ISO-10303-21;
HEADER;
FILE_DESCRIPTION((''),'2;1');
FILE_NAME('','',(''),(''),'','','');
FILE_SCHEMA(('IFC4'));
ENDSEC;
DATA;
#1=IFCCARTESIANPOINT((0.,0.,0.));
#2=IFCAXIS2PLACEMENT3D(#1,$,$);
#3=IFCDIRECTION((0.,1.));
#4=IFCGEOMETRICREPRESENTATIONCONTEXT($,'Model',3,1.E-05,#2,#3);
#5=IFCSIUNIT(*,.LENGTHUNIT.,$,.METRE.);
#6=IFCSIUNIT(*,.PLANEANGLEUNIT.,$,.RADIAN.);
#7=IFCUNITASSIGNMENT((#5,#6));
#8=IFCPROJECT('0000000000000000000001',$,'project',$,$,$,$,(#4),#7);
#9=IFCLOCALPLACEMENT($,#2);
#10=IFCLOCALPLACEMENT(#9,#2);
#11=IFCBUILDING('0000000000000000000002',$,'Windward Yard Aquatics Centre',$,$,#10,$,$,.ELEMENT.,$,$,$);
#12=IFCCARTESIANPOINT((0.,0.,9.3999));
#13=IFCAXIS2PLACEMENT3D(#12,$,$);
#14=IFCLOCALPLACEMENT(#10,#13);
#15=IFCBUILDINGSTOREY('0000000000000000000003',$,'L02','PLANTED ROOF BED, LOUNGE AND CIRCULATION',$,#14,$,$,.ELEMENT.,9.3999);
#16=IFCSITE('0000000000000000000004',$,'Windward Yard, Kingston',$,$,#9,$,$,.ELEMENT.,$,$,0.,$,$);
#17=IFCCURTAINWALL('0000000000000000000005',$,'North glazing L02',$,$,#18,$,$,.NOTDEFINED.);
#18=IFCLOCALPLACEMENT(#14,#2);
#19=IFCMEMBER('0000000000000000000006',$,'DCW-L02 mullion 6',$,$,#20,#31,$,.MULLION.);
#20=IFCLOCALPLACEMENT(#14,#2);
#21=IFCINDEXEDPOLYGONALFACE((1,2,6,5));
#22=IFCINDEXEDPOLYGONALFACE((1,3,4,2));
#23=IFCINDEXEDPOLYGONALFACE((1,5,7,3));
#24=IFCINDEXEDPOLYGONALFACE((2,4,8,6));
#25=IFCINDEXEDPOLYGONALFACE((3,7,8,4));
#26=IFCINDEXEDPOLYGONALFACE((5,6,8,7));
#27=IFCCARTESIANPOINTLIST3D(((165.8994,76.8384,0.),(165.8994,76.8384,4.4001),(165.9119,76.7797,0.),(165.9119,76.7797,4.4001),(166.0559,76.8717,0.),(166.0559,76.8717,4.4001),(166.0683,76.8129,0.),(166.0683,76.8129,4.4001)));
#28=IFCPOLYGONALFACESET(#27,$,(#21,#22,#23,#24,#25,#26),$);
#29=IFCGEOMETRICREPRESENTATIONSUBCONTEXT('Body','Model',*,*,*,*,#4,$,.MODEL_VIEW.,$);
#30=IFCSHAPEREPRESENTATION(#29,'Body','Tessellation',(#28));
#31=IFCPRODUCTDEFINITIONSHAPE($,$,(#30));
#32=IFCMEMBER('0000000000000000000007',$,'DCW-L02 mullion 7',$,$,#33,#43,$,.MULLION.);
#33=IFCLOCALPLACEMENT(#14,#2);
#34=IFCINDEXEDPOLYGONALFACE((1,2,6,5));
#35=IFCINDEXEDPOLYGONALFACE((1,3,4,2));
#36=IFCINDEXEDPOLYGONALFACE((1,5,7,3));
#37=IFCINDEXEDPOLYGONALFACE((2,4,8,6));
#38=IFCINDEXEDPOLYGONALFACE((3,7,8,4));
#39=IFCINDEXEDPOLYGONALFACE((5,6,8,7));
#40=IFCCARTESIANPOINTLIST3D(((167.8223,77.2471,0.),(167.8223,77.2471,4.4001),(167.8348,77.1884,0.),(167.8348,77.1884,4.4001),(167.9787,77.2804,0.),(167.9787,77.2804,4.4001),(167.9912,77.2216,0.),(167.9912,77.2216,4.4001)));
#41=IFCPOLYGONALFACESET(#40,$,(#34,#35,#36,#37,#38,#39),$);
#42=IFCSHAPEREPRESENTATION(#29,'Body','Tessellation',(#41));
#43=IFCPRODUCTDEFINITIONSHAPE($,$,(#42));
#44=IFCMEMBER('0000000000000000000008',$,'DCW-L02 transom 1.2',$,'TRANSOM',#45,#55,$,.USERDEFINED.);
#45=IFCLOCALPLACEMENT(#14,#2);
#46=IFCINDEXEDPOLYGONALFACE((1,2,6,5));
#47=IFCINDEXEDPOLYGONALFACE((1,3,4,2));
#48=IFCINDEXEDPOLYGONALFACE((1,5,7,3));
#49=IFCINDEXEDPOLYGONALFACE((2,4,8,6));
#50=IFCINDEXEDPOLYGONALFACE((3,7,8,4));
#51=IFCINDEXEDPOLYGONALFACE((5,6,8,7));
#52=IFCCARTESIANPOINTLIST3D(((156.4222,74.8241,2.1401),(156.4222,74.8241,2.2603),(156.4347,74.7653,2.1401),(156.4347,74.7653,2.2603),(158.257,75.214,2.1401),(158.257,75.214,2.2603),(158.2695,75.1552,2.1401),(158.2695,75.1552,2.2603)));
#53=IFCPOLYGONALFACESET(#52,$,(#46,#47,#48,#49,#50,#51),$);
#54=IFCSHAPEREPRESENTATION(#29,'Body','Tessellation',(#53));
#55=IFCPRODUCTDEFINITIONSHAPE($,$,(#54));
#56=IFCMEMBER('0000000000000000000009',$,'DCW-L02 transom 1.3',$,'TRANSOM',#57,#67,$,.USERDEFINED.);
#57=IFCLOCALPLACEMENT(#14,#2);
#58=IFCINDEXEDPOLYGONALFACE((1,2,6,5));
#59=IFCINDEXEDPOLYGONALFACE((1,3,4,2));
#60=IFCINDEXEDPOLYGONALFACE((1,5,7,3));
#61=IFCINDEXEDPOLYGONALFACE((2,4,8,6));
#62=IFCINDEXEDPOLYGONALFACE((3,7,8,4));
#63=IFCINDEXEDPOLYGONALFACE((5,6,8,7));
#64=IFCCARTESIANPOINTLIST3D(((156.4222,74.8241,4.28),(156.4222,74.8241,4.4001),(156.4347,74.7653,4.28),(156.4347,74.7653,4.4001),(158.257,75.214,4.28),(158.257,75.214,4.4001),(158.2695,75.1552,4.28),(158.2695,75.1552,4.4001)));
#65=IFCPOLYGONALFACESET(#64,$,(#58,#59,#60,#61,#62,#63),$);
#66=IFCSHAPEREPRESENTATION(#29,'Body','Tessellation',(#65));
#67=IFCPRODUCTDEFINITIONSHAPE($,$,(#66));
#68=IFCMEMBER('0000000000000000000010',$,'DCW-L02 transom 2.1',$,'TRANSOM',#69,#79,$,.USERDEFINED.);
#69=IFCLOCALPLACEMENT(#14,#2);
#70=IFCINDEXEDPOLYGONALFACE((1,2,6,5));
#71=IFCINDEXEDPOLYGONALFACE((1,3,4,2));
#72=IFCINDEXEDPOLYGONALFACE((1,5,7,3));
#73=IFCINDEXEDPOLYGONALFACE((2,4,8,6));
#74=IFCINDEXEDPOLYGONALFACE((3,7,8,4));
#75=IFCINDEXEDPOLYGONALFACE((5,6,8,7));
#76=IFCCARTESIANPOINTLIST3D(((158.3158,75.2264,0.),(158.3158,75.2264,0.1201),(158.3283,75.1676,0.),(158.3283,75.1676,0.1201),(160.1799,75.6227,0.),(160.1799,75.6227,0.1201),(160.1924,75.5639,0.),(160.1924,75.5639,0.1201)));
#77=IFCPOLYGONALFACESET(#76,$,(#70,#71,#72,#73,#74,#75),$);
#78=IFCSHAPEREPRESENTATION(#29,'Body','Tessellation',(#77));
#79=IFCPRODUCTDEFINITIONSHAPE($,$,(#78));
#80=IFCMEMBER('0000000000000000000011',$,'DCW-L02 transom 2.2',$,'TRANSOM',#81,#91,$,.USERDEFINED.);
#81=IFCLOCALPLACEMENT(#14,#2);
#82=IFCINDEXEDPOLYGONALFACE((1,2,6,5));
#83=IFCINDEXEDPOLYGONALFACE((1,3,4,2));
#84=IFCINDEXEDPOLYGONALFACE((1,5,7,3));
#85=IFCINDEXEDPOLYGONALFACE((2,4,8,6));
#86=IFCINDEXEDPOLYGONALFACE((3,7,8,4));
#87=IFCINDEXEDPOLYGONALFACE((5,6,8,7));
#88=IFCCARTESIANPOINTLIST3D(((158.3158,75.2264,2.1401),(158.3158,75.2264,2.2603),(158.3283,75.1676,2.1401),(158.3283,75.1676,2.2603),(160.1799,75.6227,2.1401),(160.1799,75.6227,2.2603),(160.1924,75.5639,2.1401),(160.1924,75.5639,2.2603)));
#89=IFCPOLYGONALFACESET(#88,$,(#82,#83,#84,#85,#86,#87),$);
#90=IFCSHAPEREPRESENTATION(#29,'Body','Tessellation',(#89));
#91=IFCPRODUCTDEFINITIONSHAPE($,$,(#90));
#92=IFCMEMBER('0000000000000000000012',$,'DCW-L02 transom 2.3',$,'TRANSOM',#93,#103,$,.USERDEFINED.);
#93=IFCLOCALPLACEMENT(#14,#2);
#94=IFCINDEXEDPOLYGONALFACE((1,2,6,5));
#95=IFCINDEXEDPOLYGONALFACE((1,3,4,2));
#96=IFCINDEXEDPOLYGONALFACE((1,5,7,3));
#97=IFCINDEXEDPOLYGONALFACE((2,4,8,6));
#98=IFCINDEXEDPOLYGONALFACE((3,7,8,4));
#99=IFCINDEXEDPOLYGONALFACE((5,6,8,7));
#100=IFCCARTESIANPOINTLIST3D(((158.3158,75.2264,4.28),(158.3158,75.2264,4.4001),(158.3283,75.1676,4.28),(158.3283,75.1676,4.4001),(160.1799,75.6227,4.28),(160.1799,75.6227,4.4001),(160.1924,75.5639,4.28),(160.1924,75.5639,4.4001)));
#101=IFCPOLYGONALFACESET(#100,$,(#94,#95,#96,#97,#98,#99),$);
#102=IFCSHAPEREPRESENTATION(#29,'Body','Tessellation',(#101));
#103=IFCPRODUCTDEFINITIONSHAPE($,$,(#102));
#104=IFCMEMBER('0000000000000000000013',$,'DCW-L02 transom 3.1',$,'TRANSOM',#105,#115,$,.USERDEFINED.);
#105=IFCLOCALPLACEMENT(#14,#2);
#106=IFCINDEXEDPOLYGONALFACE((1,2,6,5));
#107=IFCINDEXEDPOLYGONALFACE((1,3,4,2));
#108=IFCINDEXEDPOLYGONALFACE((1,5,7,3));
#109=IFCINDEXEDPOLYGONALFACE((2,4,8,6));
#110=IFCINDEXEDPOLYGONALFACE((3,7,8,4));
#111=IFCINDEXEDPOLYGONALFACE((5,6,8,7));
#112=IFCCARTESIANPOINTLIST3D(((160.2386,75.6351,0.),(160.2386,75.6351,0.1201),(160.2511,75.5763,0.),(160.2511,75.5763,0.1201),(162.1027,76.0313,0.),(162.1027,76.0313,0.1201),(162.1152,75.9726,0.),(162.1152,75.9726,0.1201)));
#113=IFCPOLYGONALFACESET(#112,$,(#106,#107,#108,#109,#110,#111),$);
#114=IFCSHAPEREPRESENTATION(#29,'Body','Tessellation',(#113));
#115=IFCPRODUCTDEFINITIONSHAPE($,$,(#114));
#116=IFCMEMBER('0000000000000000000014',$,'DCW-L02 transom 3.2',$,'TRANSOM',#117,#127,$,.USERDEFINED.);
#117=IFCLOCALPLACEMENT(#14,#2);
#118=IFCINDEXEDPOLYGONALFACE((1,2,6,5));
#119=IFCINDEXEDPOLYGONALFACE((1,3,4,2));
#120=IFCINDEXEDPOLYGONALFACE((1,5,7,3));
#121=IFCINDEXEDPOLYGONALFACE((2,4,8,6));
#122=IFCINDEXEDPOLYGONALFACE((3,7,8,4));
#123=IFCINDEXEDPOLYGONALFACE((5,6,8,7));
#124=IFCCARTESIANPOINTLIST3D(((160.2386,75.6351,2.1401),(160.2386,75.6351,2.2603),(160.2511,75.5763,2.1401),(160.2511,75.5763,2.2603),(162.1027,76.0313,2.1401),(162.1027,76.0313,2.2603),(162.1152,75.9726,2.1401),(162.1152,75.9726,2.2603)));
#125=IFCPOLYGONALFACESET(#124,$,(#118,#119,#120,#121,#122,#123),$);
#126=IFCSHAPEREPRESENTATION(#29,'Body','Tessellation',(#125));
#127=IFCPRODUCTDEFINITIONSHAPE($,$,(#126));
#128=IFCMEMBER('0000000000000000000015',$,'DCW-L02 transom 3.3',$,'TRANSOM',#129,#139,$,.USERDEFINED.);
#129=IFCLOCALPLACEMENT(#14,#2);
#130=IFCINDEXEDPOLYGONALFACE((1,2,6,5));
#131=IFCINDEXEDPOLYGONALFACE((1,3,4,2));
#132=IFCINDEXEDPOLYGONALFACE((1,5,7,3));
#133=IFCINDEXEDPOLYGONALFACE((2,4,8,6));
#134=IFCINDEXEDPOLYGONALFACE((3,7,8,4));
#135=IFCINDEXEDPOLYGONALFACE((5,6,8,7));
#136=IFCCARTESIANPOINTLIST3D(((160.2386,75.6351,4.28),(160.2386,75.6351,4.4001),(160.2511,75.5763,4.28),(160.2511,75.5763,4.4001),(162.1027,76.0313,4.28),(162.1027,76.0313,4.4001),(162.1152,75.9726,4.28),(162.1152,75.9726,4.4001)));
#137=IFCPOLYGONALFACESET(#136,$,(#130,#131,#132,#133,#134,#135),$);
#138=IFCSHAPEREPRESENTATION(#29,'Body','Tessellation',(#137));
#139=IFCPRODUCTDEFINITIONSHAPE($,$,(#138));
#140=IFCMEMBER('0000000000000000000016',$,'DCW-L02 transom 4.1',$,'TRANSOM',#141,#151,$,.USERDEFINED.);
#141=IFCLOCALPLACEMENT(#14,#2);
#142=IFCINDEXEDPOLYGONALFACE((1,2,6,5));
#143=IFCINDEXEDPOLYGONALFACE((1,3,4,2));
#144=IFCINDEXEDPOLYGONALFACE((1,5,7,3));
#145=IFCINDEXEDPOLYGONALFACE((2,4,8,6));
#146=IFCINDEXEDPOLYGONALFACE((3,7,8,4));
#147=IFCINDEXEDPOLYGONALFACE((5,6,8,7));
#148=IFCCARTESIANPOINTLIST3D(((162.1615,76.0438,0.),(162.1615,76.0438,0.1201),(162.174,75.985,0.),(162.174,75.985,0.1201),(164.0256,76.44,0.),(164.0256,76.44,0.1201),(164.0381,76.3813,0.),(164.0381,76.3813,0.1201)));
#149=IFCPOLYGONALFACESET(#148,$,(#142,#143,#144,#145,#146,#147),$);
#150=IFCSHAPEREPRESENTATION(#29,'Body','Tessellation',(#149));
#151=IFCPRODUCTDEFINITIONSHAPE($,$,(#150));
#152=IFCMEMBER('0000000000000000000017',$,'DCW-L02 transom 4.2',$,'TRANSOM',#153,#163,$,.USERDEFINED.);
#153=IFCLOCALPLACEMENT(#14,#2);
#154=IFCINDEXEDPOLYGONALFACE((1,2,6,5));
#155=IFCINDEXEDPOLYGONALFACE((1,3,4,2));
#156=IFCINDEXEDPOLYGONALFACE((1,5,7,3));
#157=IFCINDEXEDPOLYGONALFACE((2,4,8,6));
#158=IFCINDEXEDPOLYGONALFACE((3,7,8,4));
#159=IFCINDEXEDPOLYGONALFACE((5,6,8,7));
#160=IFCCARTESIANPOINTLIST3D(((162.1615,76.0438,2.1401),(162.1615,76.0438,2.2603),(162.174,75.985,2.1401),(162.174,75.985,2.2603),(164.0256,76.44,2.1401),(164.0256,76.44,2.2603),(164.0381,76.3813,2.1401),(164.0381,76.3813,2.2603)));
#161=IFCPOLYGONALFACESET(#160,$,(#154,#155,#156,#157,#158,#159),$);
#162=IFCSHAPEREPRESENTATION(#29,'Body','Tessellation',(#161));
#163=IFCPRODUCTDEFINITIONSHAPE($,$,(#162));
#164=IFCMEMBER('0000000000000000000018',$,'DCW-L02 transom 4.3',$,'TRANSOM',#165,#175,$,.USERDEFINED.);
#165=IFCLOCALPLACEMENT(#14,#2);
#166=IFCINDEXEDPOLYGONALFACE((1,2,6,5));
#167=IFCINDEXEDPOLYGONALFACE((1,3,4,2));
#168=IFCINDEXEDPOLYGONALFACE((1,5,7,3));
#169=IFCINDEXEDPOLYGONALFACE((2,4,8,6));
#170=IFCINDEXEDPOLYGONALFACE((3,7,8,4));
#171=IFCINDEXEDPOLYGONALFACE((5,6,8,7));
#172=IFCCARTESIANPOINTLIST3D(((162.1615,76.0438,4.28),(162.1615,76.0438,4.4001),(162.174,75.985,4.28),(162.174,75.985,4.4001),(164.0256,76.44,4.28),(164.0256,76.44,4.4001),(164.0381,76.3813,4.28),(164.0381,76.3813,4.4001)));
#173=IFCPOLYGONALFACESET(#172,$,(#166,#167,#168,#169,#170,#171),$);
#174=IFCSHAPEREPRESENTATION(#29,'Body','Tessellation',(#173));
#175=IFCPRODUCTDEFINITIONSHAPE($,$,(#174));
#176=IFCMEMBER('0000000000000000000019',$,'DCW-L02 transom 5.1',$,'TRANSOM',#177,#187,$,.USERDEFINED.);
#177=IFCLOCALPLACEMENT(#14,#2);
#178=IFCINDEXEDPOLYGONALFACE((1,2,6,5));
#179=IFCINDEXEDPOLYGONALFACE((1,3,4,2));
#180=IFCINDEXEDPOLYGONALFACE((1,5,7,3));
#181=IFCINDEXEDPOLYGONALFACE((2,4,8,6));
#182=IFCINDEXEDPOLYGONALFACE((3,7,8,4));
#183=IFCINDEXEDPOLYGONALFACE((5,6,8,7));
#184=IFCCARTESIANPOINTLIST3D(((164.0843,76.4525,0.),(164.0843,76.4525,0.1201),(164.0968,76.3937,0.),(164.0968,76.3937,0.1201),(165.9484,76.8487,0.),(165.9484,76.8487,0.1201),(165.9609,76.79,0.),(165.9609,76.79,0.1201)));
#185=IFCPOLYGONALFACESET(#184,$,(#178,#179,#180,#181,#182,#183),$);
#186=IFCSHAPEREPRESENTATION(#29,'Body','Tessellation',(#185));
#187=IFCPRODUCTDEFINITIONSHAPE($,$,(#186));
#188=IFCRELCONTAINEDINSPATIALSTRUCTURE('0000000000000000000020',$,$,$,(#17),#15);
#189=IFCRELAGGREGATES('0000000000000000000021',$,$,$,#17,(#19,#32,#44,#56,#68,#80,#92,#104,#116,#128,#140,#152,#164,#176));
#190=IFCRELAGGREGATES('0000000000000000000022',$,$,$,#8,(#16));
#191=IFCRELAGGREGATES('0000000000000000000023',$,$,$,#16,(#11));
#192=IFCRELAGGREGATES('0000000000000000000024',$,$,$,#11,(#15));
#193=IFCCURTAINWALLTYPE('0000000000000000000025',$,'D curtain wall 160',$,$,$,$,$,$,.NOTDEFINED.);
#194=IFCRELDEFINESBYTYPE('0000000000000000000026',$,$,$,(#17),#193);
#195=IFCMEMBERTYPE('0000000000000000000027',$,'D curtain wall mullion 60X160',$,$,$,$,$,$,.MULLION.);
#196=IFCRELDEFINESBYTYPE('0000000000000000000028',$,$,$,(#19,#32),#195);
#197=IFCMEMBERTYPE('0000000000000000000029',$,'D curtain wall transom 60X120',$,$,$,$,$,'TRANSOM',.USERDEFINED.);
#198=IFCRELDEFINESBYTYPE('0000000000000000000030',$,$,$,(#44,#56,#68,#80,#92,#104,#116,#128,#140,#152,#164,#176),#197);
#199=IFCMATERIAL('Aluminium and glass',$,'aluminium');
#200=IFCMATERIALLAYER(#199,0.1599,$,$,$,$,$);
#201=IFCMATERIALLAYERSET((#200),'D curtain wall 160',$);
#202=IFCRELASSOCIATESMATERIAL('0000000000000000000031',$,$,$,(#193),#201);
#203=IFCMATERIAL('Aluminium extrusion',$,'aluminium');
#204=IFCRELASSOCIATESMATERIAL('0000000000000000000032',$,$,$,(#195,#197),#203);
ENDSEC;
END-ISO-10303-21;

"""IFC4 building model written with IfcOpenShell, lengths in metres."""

from ifc_helpers import new_model, si_unit, direction, frame, origin, origin_2d, place, context, subcontext, project, spatial, rectangle, extrude, material, layer, layer_set, material_profile, profile_set, type_object, element, aggregate, save


model = new_model("IFC4")

# Units and contexts
model_context = context("Model", 3, precision=1e-05, world=origin(), true_north=direction((0.0, 1.0)))
body_context = subcontext(model_context, "Body", "Model", "MODEL_VIEW")
ifc_project = project(units=[si_unit("LENGTHUNIT", "METRE"), si_unit("PLANEANGLEUNIT", "RADIAN")], contexts=[model_context])

# Site, building, storey
site_placement = place(None, origin())
site = spatial("IfcSite", under=ifc_project, at=site_placement, Name="Windward Yard, Kingston", CompositionType="ELEMENT", RefElevation=0.0)
building_placement = place(site_placement, origin())
building = spatial("IfcBuilding", under=site, at=building_placement, Name="Windward Yard Aquatics Centre", CompositionType="ELEMENT")
storey_placement = place(building_placement, frame((0.0, 0.0, 9.3999)))
storey = spatial("IfcBuildingStorey", under=building, at=storey_placement, Name="L02", Description="PLANTED ROOF BED, LOUNGE AND CIRCULATION", CompositionType="ELEMENT", Elevation=9.3999)

# Curtain wall, members
ifc_material_1 = material(Name="Aluminium and glass", Category="aluminium")
ifc_layer_1 = layer(ifc_material_1, 0.1599)
ifc_layer_set_1 = layer_set([ifc_layer_1], Name="D curtain wall 160")
curtain_wall_type = type_object("IfcCurtainWallType", Name="D curtain wall 160", PredefinedType="NOTDEFINED", material=ifc_layer_set_1)
curtain_wall_placement = place(storey_placement, origin())
curtain_wall = element("IfcCurtainWall", 1, at=curtain_wall_placement, inside=storey, type_object=curtain_wall_type, Name="North glazing L02", PredefinedType="NOTDEFINED")
ifc_material_2 = material(Name="Aluminium extrusion", Category="aluminium")
ifc_material_profile_1 = material_profile(ifc_material_2, rectangle(XDim=0.0601, YDim=0.1599, at=origin_2d()), Name="MULLION 60X160")
ifc_profile_set_1 = profile_set([ifc_material_profile_1], Name="Aluminium extrusion")
member_type_1 = type_object("IfcMemberType", Name="D curtain wall mullion 60X160", PredefinedType="MULLION", material=ifc_profile_set_1)
member_1_placement = place(storey_placement, frame((165.9839, 76.8257, 0.0), z_axis=(0.0, 0.0, 1.0), x_axis=(-0.207912, 0.978148, 0.0)))
member_1 = element("IfcMember", 2, at=member_1_placement, type_object=member_type_1, Name="DCW-L02 mullion 6", PredefinedType="MULLION", context=body_context, shape_type="SweptSolid", body=[
    extrude(rectangle(XDim=0.0601, YDim=0.1599, at=origin_2d()), origin(), (0.0, 0.0, 1.0), 4.4001),
])
member_2_placement = place(storey_placement, frame((167.9067, 77.2344, 0.0), z_axis=(0.0, 0.0, 1.0), x_axis=(-0.207912, 0.978148, 0.0)))
member_2 = element("IfcMember", 3, at=member_2_placement, type_object=member_type_1, Name="DCW-L02 mullion 7", PredefinedType="MULLION", context=body_context, shape_type="SweptSolid", body=[
    extrude(rectangle(XDim=0.0601, YDim=0.1599, at=origin_2d()), origin(), (0.0, 0.0, 1.0), 4.4001),
])
ifc_material_profile_2 = material_profile(ifc_material_2, rectangle(XDim=0.0601, YDim=0.1201, at=origin_2d()), Name="TRANSOM 60X120")
ifc_profile_set_2 = profile_set([ifc_material_profile_2], Name="Aluminium extrusion")
member_type_2 = type_object("IfcMemberType", Name="D curtain wall transom 60X120", ElementType="TRANSOM", PredefinedType="USERDEFINED", material=ifc_profile_set_2)
member_3_placement = place(storey_placement, frame((156.4285, 74.7947, 2.2002), z_axis=(0.978157, 0.207867, 0.0), x_axis=(-0.207867, 0.978157, 0.0)))
member_3 = element("IfcMember", 4, at=member_3_placement, type_object=member_type_2, Name="DCW-L02 transom 1.2", ObjectType="TRANSOM", PredefinedType="USERDEFINED", context=body_context, shape_type="SweptSolid", body=[
    extrude(rectangle(XDim=0.0601, YDim=0.1201, at=origin_2d()), origin(), (0.0, 0.0, 1.0), 1.8757),
])
member_4_placement = place(storey_placement, frame((156.4285, 74.7947, 4.3401), z_axis=(0.978157, 0.207867, 0.0), x_axis=(-0.207867, 0.978157, 0.0)))
member_4 = element("IfcMember", 5, at=member_4_placement, type_object=member_type_2, Name="DCW-L02 transom 1.3", ObjectType="TRANSOM", PredefinedType="USERDEFINED", context=body_context, shape_type="SweptSolid", body=[
    extrude(rectangle(XDim=0.0601, YDim=0.1201, at=origin_2d()), origin(), (0.0, 0.0, 1.0), 1.8757),
])
member_5_placement = place(storey_placement, frame((158.322, 75.197, 0.0601), z_axis=(0.978144, 0.207928, 0.0), x_axis=(-0.207928, 0.978144, 0.0)))
member_5 = element("IfcMember", 6, at=member_5_placement, type_object=member_type_2, Name="DCW-L02 transom 2.1", ObjectType="TRANSOM", PredefinedType="USERDEFINED", context=body_context, shape_type="SweptSolid", body=[
    extrude(rectangle(XDim=0.0601, YDim=0.1201, at=origin_2d()), origin(), (0.0, 0.0, 1.0), 1.9058),
])
member_6_placement = place(storey_placement, frame((158.322, 75.197, 2.2002), z_axis=(0.978144, 0.207928, 0.0), x_axis=(-0.207928, 0.978144, 0.0)))
member_6 = element("IfcMember", 7, at=member_6_placement, type_object=member_type_2, Name="DCW-L02 transom 2.2", ObjectType="TRANSOM", PredefinedType="USERDEFINED", context=body_context, shape_type="SweptSolid", body=[
    extrude(rectangle(XDim=0.0601, YDim=0.1201, at=origin_2d()), origin(), (0.0, 0.0, 1.0), 1.9058),
])
member_7_placement = place(storey_placement, frame((158.322, 75.197, 4.3401), z_axis=(0.978144, 0.207928, 0.0), x_axis=(-0.207928, 0.978144, 0.0)))
member_7 = element("IfcMember", 8, at=member_7_placement, type_object=member_type_2, Name="DCW-L02 transom 2.3", ObjectType="TRANSOM", PredefinedType="USERDEFINED", context=body_context, shape_type="SweptSolid", body=[
    extrude(rectangle(XDim=0.0601, YDim=0.1201, at=origin_2d()), origin(), (0.0, 0.0, 1.0), 1.9058),
])
member_8_placement = place(storey_placement, frame((160.2449, 75.6057, 0.0601), z_axis=(0.978144, 0.207928, 0.0), x_axis=(-0.207928, 0.978144, 0.0)))
member_8 = element("IfcMember", 9, at=member_8_placement, type_object=member_type_2, Name="DCW-L02 transom 3.1", ObjectType="TRANSOM", PredefinedType="USERDEFINED", context=body_context, shape_type="SweptSolid", body=[
    extrude(rectangle(XDim=0.0601, YDim=0.1201, at=origin_2d()), origin(), (0.0, 0.0, 1.0), 1.9058),
])
member_9_placement = place(storey_placement, frame((160.2449, 75.6057, 2.2002), z_axis=(0.978144, 0.207928, 0.0), x_axis=(-0.207928, 0.978144, 0.0)))
member_9 = element("IfcMember", 10, at=member_9_placement, type_object=member_type_2, Name="DCW-L02 transom 3.2", ObjectType="TRANSOM", PredefinedType="USERDEFINED", context=body_context, shape_type="SweptSolid", body=[
    extrude(rectangle(XDim=0.0601, YDim=0.1201, at=origin_2d()), origin(), (0.0, 0.0, 1.0), 1.9058),
])
member_10_placement = place(storey_placement, frame((160.2449, 75.6057, 4.3401), z_axis=(0.978144, 0.207928, 0.0), x_axis=(-0.207928, 0.978144, 0.0)))
member_10 = element("IfcMember", 11, at=member_10_placement, type_object=member_type_2, Name="DCW-L02 transom 3.3", ObjectType="TRANSOM", PredefinedType="USERDEFINED", context=body_context, shape_type="SweptSolid", body=[
    extrude(rectangle(XDim=0.0601, YDim=0.1201, at=origin_2d()), origin(), (0.0, 0.0, 1.0), 1.9058),
])
member_11_placement = place(storey_placement, frame((162.1677, 76.0144, 0.0601), z_axis=(0.978144, 0.207928, 0.0), x_axis=(-0.207928, 0.978144, 0.0)))
member_11 = element("IfcMember", 12, at=member_11_placement, type_object=member_type_2, Name="DCW-L02 transom 4.1", ObjectType="TRANSOM", PredefinedType="USERDEFINED", context=body_context, shape_type="SweptSolid", body=[
    extrude(rectangle(XDim=0.0601, YDim=0.1201, at=origin_2d()), origin(), (0.0, 0.0, 1.0), 1.9058),
])
member_12_placement = place(storey_placement, frame((162.1677, 76.0144, 2.2002), z_axis=(0.978144, 0.207928, 0.0), x_axis=(-0.207928, 0.978144, 0.0)))
member_12 = element("IfcMember", 13, at=member_12_placement, type_object=member_type_2, Name="DCW-L02 transom 4.2", ObjectType="TRANSOM", PredefinedType="USERDEFINED", context=body_context, shape_type="SweptSolid", body=[
    extrude(rectangle(XDim=0.0601, YDim=0.1201, at=origin_2d()), origin(), (0.0, 0.0, 1.0), 1.9058),
])
member_13_placement = place(storey_placement, frame((162.1677, 76.0144, 4.3401), z_axis=(0.978144, 0.207928, 0.0), x_axis=(-0.207928, 0.978144, 0.0)))
member_13 = element("IfcMember", 14, at=member_13_placement, type_object=member_type_2, Name="DCW-L02 transom 4.3", ObjectType="TRANSOM", PredefinedType="USERDEFINED", context=body_context, shape_type="SweptSolid", body=[
    extrude(rectangle(XDim=0.0601, YDim=0.1201, at=origin_2d()), origin(), (0.0, 0.0, 1.0), 1.9058),
])
member_14_placement = place(storey_placement, frame((164.0906, 76.4231, 0.0601), z_axis=(0.978144, 0.207928, 0.0), x_axis=(-0.207928, 0.978144, 0.0)))
member_14 = element("IfcMember", 15, at=member_14_placement, type_object=member_type_2, Name="DCW-L02 transom 5.1", ObjectType="TRANSOM", PredefinedType="USERDEFINED", context=body_context, shape_type="SweptSolid", body=[
    extrude(rectangle(XDim=0.0601, YDim=0.1201, at=origin_2d()), origin(), (0.0, 0.0, 1.0), 1.9058),
])
aggregate(curtain_wall, [member_1, member_2, member_3, member_4, member_5, member_6, member_7, member_8, member_9, member_10, member_11, member_12, member_13, member_14])

save(model, "model.ifc")
